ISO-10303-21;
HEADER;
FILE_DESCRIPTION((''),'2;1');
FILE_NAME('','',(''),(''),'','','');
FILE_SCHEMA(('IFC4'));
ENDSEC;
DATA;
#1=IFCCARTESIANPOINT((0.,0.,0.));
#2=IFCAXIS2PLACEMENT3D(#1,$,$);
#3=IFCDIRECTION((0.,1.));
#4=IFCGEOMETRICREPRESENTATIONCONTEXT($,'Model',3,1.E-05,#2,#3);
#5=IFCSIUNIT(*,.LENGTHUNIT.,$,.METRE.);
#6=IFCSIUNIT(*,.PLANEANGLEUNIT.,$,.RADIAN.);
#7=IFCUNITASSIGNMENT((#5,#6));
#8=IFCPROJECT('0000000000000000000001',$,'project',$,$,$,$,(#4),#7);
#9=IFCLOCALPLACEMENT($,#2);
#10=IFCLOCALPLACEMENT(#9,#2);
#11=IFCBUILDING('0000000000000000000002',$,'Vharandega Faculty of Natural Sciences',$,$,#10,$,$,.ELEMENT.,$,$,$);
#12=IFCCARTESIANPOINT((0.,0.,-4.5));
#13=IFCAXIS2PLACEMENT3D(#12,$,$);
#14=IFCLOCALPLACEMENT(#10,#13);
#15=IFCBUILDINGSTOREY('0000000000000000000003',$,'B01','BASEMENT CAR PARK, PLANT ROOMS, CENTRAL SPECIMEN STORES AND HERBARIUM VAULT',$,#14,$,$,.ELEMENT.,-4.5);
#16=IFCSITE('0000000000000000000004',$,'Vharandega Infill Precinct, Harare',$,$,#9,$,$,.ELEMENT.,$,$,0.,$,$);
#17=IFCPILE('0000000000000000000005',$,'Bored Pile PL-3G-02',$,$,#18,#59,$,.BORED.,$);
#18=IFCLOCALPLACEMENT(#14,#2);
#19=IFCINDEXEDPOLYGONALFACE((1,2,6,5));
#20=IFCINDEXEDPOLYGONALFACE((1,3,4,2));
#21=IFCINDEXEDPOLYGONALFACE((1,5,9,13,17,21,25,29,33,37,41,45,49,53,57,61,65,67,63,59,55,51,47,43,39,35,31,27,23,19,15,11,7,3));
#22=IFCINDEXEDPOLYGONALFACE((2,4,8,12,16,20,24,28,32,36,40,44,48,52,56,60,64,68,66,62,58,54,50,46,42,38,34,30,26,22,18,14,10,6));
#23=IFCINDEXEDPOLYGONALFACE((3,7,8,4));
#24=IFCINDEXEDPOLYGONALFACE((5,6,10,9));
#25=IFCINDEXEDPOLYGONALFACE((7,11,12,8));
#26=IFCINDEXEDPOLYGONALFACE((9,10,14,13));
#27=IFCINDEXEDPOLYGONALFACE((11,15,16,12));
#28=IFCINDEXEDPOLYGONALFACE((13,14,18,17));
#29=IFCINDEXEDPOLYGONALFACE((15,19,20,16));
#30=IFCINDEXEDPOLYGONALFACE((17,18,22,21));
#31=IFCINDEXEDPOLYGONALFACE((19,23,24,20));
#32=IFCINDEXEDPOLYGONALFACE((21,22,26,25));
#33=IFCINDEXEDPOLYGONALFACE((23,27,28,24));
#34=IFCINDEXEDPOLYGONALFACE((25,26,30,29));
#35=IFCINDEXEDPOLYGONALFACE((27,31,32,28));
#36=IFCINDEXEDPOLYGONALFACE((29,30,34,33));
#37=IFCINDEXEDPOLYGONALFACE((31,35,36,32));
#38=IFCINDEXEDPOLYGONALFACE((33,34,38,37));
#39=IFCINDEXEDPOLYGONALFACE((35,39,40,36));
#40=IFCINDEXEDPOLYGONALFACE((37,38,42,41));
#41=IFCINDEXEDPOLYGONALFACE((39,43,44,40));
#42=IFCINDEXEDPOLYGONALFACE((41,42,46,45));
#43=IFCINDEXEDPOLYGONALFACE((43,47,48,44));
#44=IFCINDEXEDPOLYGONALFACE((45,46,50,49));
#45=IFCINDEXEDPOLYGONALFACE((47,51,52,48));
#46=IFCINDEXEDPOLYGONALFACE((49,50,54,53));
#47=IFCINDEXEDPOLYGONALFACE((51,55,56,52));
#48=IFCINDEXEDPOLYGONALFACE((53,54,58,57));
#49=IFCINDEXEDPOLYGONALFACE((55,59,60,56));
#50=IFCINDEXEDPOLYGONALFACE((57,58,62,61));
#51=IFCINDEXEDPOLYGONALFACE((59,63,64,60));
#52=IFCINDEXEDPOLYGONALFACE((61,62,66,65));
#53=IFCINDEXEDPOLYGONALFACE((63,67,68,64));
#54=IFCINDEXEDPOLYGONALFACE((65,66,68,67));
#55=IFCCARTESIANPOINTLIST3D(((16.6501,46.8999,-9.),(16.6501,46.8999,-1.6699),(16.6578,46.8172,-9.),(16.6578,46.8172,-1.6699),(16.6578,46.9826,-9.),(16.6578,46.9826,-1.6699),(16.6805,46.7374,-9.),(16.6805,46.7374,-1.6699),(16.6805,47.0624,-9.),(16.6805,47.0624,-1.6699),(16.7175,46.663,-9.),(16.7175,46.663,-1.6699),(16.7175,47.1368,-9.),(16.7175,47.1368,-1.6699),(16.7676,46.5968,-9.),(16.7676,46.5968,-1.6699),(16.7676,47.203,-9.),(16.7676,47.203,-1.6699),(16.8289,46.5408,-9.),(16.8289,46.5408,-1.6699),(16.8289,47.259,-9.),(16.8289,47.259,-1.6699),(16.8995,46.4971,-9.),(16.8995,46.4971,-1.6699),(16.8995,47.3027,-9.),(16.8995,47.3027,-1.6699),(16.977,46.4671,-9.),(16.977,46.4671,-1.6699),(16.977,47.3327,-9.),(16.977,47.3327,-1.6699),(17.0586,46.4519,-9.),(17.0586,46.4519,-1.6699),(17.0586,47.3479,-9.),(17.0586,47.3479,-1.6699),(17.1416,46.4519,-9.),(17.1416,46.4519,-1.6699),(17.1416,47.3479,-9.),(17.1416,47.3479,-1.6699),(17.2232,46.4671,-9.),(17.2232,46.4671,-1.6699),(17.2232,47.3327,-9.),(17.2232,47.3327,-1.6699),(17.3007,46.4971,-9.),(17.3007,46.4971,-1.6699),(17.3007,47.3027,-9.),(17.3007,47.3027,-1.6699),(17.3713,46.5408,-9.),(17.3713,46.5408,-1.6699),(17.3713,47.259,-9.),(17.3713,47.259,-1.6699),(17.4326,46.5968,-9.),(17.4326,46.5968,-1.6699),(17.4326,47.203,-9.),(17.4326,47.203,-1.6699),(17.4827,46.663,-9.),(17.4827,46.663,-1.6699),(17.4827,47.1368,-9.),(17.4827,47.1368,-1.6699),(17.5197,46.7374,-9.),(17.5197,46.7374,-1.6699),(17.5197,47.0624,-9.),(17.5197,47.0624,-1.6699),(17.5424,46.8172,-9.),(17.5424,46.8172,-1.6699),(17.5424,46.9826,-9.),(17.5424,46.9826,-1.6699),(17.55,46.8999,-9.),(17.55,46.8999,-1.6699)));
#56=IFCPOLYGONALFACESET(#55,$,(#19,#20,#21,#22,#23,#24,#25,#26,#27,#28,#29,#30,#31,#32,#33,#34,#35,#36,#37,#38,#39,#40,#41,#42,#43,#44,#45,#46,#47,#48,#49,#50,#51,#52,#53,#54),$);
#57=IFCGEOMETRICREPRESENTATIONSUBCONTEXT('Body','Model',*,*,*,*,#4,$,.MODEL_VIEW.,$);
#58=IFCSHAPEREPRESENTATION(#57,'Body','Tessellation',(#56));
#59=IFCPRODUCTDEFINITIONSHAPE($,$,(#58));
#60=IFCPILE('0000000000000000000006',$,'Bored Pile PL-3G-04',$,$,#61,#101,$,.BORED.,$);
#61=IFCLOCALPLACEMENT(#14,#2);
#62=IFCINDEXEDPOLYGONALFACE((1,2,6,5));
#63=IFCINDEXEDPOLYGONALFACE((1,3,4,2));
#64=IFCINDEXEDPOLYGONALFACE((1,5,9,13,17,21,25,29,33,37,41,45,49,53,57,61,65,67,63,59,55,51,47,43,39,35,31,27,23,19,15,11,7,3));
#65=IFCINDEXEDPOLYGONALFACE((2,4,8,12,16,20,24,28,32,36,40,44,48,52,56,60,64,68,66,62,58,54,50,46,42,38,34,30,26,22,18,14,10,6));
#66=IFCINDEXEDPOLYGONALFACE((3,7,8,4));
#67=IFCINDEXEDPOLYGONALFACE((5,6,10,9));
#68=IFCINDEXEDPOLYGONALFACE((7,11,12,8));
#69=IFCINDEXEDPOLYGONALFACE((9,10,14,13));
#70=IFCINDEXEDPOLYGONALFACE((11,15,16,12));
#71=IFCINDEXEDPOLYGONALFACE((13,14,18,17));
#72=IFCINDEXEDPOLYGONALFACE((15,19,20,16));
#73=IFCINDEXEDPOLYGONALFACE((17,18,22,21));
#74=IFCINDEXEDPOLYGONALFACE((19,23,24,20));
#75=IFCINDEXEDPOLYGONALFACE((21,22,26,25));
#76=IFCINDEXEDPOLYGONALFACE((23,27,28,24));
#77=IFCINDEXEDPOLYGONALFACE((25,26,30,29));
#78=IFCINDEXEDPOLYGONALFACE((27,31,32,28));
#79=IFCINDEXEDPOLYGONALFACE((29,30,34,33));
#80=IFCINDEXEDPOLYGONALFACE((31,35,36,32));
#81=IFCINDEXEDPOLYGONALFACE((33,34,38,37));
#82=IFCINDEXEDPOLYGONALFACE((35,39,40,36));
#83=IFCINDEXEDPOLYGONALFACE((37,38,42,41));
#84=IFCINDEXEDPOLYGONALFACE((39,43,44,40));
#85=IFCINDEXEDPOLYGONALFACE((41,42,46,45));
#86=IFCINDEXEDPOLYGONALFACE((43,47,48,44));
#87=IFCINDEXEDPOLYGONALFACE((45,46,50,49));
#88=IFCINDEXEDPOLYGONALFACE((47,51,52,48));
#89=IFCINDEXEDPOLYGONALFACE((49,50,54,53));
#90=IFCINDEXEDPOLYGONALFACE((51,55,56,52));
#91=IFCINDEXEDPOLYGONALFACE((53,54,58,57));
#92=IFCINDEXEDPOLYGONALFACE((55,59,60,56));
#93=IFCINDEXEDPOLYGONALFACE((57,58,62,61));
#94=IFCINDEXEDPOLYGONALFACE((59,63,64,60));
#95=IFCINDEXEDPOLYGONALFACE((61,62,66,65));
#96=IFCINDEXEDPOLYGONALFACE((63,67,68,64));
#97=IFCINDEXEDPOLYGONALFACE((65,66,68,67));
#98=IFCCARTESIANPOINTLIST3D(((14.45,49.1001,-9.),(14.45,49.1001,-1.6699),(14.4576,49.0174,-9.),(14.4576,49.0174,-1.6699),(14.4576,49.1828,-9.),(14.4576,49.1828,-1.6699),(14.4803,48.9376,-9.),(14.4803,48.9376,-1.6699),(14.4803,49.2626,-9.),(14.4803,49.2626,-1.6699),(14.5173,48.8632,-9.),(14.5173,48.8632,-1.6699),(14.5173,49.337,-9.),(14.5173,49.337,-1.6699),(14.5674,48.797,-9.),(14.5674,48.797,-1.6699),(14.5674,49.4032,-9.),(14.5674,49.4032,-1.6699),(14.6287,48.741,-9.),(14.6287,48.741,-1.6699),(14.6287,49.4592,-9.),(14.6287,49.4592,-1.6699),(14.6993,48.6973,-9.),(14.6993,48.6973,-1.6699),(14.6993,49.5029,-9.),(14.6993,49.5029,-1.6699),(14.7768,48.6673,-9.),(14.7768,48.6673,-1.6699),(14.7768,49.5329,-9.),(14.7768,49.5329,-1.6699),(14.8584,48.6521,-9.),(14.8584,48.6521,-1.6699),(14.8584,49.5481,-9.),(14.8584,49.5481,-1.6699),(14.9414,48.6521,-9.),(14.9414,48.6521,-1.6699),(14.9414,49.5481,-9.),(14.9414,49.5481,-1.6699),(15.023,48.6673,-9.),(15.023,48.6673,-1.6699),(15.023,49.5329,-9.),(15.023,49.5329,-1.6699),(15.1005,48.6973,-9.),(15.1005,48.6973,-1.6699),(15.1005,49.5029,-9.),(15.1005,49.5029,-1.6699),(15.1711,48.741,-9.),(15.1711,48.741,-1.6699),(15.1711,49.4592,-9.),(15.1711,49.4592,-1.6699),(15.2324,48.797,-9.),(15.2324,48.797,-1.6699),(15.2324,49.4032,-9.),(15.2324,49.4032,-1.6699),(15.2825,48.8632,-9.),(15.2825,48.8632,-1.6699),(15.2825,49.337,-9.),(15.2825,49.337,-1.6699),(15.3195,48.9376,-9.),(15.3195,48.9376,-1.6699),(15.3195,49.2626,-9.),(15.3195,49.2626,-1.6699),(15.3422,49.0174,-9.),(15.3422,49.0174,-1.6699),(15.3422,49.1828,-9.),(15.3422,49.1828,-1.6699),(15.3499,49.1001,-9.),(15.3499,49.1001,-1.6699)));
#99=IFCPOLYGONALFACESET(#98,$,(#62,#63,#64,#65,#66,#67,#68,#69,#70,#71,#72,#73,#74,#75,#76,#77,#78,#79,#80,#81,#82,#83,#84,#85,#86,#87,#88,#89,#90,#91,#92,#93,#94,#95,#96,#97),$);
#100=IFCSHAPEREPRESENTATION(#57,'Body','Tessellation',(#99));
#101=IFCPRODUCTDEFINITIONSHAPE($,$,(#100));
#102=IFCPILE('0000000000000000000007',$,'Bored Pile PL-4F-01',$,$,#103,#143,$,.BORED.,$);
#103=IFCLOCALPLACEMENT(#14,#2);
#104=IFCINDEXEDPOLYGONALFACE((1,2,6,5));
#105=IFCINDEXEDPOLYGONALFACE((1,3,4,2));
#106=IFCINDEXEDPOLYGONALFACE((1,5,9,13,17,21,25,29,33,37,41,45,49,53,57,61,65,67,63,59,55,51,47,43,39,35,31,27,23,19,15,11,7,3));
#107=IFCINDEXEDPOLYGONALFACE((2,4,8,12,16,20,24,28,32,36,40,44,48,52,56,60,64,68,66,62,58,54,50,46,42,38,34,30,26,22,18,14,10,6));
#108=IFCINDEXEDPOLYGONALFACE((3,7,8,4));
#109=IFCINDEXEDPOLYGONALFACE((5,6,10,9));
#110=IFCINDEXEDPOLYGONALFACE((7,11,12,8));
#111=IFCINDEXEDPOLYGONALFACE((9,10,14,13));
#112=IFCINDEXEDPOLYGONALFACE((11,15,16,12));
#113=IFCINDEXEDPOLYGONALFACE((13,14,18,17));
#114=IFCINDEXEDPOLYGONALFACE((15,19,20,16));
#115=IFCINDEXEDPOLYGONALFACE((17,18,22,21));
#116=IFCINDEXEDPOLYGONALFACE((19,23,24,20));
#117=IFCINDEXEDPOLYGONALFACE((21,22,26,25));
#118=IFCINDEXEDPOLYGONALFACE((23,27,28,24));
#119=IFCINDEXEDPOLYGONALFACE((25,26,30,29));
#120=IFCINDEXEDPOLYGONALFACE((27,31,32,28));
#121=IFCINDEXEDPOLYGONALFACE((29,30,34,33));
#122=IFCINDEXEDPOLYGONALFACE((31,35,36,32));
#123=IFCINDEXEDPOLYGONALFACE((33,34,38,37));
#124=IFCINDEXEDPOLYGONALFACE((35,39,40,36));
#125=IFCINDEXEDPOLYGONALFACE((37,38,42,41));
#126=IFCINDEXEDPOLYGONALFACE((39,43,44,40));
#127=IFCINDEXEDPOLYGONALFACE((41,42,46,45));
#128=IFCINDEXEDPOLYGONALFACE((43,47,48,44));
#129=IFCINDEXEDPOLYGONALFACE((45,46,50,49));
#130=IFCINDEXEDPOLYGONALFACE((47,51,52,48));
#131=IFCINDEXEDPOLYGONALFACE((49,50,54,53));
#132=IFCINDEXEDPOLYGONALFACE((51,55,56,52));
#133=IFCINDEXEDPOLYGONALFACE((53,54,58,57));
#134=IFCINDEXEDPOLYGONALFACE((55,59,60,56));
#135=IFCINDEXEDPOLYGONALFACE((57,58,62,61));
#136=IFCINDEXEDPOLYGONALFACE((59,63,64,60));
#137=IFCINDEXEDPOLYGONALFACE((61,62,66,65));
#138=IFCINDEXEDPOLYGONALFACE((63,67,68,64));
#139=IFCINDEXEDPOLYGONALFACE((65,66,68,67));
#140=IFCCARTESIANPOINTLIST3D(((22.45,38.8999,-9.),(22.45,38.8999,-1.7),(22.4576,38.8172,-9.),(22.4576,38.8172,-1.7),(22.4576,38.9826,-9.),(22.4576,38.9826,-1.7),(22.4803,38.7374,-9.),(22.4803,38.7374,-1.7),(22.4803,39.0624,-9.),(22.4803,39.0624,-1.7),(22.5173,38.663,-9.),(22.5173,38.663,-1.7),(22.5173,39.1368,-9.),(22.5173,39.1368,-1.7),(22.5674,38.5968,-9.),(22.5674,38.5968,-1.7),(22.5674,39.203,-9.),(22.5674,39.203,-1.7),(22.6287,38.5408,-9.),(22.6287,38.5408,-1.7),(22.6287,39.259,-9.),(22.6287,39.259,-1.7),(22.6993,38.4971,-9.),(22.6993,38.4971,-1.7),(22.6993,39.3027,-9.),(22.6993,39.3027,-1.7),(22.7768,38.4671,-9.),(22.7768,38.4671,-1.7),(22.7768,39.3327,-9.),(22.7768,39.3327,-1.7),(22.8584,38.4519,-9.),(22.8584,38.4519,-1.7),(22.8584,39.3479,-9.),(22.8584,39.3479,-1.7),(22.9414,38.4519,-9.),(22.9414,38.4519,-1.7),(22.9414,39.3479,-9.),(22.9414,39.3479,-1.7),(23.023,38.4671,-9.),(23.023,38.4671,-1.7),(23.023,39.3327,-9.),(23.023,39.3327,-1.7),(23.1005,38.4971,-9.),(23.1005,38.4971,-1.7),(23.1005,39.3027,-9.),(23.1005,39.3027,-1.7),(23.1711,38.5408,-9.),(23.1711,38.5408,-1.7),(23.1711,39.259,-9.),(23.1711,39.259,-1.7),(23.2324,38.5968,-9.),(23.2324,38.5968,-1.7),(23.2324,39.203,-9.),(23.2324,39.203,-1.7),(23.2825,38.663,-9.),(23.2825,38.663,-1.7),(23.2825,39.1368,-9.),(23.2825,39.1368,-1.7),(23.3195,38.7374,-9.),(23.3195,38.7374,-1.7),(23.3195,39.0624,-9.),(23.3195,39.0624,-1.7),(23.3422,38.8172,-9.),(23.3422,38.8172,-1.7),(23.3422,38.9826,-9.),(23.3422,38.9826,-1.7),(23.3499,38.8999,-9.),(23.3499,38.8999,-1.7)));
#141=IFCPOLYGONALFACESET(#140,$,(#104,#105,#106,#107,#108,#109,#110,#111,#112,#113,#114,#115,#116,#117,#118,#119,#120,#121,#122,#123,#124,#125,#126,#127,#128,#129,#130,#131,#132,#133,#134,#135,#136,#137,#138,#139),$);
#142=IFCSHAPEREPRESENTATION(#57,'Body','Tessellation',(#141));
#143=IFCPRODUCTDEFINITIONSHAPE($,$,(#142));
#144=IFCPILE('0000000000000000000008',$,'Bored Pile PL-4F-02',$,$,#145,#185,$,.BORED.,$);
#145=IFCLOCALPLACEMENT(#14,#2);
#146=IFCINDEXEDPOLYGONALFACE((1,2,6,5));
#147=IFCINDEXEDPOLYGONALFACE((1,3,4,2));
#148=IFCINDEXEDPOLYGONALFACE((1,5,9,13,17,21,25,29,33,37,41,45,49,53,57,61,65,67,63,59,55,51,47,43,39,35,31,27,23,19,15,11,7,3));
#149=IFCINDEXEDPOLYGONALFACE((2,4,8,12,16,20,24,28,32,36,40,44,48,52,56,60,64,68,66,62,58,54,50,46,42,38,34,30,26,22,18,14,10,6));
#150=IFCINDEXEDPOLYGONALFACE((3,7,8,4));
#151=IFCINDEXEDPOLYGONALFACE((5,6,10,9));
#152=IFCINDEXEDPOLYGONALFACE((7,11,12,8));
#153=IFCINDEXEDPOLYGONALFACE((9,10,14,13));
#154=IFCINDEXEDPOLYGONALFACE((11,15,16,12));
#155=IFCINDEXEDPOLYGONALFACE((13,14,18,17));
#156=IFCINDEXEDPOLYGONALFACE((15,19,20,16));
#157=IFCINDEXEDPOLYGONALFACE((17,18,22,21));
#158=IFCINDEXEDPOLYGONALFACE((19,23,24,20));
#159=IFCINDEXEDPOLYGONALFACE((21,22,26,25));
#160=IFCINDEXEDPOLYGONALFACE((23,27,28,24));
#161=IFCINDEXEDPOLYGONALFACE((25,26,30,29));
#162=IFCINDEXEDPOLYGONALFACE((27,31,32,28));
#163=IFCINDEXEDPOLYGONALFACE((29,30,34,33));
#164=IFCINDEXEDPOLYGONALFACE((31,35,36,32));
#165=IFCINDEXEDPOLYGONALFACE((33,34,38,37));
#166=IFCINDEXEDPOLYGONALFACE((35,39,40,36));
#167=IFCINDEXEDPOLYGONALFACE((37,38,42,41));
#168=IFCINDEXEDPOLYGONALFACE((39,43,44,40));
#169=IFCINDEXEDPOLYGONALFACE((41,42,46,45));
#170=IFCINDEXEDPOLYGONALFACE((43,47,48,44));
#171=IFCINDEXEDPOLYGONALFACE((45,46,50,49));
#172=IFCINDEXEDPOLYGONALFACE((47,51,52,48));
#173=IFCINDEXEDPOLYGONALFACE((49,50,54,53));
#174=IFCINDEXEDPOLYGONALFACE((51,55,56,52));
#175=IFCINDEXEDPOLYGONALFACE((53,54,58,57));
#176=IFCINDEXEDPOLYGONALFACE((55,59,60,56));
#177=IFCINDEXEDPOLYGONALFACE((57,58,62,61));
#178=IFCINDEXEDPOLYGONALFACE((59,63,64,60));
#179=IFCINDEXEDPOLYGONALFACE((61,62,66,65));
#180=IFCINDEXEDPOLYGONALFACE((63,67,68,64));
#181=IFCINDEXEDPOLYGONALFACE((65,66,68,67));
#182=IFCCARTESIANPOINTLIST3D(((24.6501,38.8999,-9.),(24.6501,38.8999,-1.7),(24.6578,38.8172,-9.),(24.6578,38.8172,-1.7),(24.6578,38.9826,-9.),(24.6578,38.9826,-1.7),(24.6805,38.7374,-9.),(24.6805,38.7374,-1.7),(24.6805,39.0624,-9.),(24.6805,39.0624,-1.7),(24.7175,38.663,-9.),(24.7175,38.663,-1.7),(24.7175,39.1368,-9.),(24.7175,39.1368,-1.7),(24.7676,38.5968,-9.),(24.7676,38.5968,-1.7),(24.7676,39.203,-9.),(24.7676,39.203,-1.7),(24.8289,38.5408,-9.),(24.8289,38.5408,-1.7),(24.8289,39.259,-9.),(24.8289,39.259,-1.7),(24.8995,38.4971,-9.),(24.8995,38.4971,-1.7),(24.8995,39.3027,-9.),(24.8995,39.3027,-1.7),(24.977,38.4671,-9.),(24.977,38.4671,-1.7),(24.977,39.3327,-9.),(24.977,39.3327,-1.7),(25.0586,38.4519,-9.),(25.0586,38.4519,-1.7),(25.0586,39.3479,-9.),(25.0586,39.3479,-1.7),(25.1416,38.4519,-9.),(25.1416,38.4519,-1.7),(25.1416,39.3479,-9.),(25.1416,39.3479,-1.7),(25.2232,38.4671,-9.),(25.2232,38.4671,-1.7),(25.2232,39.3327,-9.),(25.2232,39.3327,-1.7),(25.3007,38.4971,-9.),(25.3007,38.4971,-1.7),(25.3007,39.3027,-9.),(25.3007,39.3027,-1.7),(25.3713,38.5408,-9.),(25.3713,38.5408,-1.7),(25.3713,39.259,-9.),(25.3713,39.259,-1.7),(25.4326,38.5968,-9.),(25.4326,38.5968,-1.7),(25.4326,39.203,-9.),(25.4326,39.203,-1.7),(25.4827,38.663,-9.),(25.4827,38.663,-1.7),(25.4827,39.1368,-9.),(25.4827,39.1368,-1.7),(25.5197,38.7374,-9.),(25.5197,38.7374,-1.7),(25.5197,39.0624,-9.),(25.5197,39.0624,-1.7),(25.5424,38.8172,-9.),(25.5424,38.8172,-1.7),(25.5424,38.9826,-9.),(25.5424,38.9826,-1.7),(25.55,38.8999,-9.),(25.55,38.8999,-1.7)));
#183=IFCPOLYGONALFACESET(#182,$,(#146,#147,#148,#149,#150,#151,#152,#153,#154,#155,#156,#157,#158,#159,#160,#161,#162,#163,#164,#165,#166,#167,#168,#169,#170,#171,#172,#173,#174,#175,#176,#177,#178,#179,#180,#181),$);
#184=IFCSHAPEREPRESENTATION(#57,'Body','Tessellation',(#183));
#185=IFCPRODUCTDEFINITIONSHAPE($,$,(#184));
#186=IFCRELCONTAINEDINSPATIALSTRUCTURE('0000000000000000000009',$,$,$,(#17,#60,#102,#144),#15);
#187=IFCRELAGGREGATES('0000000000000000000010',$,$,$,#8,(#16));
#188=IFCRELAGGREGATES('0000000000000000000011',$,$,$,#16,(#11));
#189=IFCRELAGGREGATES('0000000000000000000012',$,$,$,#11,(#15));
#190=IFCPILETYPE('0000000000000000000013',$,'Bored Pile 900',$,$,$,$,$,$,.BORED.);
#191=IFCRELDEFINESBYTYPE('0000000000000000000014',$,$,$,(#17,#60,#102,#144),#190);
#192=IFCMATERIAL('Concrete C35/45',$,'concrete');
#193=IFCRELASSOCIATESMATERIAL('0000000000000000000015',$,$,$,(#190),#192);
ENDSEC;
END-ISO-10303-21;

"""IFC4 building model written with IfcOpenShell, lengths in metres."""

from ifc_helpers import new_model, si_unit, direction, frame, origin, origin_2d, place, context, subcontext, project, spatial, circle, extrude, material, material_profile, profile_set, type_object, element, save


model = new_model("IFC4")

# Units and contexts
model_context = context("Model", 3, precision=1e-05, world=origin(), true_north=direction((0.0, 1.0)))
body_context = subcontext(model_context, "Body", "Model", "MODEL_VIEW")
ifc_project = project(units=[si_unit("LENGTHUNIT", "METRE"), si_unit("PLANEANGLEUNIT", "RADIAN")], contexts=[model_context])

# Site, building, storey
site_placement = place(None, origin())
site = spatial("IfcSite", under=ifc_project, at=site_placement, Name="Vharandega Infill Precinct, Harare", CompositionType="ELEMENT", RefElevation=0.0)
building_placement = place(site_placement, origin())
building = spatial("IfcBuilding", under=site, at=building_placement, Name="Vharandega Faculty of Natural Sciences", CompositionType="ELEMENT")
storey_placement = place(building_placement, frame((0.0, 0.0, -4.5)))
storey = spatial("IfcBuildingStorey", under=building, at=storey_placement, Name="B01", Description="BASEMENT CAR PARK, PLANT ROOMS, CENTRAL SPECIMEN STORES AND HERBARIUM VAULT", CompositionType="ELEMENT", Elevation=-4.5)

# Piles
ifc_material_1 = material(Name="Concrete C35/45", Category="concrete")
ifc_material_profile_1 = material_profile(ifc_material_1, circle(Radius=0.45, at=origin_2d()), Name="PILE 900")
ifc_profile_set_1 = profile_set([ifc_material_profile_1], Name="Concrete C35/45")
pile_type = type_object("IfcPileType", Name="Bored Pile 900", PredefinedType="BORED", material=ifc_profile_set_1)
for number, where, z_axis, x_axis, name in (
    (1, (17.1001, 46.8999, -1.6699), (0.0, 0.0, -1.0), (1.0, 0.0, 0.0), "Bored Pile PL-3G-02"),
    (2, (14.8999, 49.1001, -1.6699), (0.0, 0.0, -1.0), (1.0, 0.0, 0.0), "Bored Pile PL-3G-04"),
):
    element("IfcPile", number, at=place(storey_placement, frame(where, z_axis=z_axis, x_axis=x_axis)), inside=storey, type_object=pile_type, Name=name, PredefinedType="BORED", context=body_context, shape_type="SweptSolid", body=[
        extrude(circle(Radius=0.45, at=origin_2d()), origin(), (0.0, 0.0, 1.0), 7.3301),
    ])
for number, where, z_axis, x_axis, name in (
    (3, (22.8999, 38.8999, -1.7), (0.0, 0.0, -1.0), (1.0, 0.0, 0.0), "Bored Pile PL-4F-01"),
    (4, (25.1001, 38.8999, -1.7), (0.0, 0.0, -1.0), (1.0, 0.0, 0.0), "Bored Pile PL-4F-02"),
):
    element("IfcPile", number, at=place(storey_placement, frame(where, z_axis=z_axis, x_axis=x_axis)), inside=storey, type_object=pile_type, Name=name, PredefinedType="BORED", context=body_context, shape_type="SweptSolid", body=[
        extrude(circle(Radius=0.45, at=origin_2d()), origin(), (0.0, 0.0, 1.0), 7.3),
    ])

save(model, "model.ifc")
